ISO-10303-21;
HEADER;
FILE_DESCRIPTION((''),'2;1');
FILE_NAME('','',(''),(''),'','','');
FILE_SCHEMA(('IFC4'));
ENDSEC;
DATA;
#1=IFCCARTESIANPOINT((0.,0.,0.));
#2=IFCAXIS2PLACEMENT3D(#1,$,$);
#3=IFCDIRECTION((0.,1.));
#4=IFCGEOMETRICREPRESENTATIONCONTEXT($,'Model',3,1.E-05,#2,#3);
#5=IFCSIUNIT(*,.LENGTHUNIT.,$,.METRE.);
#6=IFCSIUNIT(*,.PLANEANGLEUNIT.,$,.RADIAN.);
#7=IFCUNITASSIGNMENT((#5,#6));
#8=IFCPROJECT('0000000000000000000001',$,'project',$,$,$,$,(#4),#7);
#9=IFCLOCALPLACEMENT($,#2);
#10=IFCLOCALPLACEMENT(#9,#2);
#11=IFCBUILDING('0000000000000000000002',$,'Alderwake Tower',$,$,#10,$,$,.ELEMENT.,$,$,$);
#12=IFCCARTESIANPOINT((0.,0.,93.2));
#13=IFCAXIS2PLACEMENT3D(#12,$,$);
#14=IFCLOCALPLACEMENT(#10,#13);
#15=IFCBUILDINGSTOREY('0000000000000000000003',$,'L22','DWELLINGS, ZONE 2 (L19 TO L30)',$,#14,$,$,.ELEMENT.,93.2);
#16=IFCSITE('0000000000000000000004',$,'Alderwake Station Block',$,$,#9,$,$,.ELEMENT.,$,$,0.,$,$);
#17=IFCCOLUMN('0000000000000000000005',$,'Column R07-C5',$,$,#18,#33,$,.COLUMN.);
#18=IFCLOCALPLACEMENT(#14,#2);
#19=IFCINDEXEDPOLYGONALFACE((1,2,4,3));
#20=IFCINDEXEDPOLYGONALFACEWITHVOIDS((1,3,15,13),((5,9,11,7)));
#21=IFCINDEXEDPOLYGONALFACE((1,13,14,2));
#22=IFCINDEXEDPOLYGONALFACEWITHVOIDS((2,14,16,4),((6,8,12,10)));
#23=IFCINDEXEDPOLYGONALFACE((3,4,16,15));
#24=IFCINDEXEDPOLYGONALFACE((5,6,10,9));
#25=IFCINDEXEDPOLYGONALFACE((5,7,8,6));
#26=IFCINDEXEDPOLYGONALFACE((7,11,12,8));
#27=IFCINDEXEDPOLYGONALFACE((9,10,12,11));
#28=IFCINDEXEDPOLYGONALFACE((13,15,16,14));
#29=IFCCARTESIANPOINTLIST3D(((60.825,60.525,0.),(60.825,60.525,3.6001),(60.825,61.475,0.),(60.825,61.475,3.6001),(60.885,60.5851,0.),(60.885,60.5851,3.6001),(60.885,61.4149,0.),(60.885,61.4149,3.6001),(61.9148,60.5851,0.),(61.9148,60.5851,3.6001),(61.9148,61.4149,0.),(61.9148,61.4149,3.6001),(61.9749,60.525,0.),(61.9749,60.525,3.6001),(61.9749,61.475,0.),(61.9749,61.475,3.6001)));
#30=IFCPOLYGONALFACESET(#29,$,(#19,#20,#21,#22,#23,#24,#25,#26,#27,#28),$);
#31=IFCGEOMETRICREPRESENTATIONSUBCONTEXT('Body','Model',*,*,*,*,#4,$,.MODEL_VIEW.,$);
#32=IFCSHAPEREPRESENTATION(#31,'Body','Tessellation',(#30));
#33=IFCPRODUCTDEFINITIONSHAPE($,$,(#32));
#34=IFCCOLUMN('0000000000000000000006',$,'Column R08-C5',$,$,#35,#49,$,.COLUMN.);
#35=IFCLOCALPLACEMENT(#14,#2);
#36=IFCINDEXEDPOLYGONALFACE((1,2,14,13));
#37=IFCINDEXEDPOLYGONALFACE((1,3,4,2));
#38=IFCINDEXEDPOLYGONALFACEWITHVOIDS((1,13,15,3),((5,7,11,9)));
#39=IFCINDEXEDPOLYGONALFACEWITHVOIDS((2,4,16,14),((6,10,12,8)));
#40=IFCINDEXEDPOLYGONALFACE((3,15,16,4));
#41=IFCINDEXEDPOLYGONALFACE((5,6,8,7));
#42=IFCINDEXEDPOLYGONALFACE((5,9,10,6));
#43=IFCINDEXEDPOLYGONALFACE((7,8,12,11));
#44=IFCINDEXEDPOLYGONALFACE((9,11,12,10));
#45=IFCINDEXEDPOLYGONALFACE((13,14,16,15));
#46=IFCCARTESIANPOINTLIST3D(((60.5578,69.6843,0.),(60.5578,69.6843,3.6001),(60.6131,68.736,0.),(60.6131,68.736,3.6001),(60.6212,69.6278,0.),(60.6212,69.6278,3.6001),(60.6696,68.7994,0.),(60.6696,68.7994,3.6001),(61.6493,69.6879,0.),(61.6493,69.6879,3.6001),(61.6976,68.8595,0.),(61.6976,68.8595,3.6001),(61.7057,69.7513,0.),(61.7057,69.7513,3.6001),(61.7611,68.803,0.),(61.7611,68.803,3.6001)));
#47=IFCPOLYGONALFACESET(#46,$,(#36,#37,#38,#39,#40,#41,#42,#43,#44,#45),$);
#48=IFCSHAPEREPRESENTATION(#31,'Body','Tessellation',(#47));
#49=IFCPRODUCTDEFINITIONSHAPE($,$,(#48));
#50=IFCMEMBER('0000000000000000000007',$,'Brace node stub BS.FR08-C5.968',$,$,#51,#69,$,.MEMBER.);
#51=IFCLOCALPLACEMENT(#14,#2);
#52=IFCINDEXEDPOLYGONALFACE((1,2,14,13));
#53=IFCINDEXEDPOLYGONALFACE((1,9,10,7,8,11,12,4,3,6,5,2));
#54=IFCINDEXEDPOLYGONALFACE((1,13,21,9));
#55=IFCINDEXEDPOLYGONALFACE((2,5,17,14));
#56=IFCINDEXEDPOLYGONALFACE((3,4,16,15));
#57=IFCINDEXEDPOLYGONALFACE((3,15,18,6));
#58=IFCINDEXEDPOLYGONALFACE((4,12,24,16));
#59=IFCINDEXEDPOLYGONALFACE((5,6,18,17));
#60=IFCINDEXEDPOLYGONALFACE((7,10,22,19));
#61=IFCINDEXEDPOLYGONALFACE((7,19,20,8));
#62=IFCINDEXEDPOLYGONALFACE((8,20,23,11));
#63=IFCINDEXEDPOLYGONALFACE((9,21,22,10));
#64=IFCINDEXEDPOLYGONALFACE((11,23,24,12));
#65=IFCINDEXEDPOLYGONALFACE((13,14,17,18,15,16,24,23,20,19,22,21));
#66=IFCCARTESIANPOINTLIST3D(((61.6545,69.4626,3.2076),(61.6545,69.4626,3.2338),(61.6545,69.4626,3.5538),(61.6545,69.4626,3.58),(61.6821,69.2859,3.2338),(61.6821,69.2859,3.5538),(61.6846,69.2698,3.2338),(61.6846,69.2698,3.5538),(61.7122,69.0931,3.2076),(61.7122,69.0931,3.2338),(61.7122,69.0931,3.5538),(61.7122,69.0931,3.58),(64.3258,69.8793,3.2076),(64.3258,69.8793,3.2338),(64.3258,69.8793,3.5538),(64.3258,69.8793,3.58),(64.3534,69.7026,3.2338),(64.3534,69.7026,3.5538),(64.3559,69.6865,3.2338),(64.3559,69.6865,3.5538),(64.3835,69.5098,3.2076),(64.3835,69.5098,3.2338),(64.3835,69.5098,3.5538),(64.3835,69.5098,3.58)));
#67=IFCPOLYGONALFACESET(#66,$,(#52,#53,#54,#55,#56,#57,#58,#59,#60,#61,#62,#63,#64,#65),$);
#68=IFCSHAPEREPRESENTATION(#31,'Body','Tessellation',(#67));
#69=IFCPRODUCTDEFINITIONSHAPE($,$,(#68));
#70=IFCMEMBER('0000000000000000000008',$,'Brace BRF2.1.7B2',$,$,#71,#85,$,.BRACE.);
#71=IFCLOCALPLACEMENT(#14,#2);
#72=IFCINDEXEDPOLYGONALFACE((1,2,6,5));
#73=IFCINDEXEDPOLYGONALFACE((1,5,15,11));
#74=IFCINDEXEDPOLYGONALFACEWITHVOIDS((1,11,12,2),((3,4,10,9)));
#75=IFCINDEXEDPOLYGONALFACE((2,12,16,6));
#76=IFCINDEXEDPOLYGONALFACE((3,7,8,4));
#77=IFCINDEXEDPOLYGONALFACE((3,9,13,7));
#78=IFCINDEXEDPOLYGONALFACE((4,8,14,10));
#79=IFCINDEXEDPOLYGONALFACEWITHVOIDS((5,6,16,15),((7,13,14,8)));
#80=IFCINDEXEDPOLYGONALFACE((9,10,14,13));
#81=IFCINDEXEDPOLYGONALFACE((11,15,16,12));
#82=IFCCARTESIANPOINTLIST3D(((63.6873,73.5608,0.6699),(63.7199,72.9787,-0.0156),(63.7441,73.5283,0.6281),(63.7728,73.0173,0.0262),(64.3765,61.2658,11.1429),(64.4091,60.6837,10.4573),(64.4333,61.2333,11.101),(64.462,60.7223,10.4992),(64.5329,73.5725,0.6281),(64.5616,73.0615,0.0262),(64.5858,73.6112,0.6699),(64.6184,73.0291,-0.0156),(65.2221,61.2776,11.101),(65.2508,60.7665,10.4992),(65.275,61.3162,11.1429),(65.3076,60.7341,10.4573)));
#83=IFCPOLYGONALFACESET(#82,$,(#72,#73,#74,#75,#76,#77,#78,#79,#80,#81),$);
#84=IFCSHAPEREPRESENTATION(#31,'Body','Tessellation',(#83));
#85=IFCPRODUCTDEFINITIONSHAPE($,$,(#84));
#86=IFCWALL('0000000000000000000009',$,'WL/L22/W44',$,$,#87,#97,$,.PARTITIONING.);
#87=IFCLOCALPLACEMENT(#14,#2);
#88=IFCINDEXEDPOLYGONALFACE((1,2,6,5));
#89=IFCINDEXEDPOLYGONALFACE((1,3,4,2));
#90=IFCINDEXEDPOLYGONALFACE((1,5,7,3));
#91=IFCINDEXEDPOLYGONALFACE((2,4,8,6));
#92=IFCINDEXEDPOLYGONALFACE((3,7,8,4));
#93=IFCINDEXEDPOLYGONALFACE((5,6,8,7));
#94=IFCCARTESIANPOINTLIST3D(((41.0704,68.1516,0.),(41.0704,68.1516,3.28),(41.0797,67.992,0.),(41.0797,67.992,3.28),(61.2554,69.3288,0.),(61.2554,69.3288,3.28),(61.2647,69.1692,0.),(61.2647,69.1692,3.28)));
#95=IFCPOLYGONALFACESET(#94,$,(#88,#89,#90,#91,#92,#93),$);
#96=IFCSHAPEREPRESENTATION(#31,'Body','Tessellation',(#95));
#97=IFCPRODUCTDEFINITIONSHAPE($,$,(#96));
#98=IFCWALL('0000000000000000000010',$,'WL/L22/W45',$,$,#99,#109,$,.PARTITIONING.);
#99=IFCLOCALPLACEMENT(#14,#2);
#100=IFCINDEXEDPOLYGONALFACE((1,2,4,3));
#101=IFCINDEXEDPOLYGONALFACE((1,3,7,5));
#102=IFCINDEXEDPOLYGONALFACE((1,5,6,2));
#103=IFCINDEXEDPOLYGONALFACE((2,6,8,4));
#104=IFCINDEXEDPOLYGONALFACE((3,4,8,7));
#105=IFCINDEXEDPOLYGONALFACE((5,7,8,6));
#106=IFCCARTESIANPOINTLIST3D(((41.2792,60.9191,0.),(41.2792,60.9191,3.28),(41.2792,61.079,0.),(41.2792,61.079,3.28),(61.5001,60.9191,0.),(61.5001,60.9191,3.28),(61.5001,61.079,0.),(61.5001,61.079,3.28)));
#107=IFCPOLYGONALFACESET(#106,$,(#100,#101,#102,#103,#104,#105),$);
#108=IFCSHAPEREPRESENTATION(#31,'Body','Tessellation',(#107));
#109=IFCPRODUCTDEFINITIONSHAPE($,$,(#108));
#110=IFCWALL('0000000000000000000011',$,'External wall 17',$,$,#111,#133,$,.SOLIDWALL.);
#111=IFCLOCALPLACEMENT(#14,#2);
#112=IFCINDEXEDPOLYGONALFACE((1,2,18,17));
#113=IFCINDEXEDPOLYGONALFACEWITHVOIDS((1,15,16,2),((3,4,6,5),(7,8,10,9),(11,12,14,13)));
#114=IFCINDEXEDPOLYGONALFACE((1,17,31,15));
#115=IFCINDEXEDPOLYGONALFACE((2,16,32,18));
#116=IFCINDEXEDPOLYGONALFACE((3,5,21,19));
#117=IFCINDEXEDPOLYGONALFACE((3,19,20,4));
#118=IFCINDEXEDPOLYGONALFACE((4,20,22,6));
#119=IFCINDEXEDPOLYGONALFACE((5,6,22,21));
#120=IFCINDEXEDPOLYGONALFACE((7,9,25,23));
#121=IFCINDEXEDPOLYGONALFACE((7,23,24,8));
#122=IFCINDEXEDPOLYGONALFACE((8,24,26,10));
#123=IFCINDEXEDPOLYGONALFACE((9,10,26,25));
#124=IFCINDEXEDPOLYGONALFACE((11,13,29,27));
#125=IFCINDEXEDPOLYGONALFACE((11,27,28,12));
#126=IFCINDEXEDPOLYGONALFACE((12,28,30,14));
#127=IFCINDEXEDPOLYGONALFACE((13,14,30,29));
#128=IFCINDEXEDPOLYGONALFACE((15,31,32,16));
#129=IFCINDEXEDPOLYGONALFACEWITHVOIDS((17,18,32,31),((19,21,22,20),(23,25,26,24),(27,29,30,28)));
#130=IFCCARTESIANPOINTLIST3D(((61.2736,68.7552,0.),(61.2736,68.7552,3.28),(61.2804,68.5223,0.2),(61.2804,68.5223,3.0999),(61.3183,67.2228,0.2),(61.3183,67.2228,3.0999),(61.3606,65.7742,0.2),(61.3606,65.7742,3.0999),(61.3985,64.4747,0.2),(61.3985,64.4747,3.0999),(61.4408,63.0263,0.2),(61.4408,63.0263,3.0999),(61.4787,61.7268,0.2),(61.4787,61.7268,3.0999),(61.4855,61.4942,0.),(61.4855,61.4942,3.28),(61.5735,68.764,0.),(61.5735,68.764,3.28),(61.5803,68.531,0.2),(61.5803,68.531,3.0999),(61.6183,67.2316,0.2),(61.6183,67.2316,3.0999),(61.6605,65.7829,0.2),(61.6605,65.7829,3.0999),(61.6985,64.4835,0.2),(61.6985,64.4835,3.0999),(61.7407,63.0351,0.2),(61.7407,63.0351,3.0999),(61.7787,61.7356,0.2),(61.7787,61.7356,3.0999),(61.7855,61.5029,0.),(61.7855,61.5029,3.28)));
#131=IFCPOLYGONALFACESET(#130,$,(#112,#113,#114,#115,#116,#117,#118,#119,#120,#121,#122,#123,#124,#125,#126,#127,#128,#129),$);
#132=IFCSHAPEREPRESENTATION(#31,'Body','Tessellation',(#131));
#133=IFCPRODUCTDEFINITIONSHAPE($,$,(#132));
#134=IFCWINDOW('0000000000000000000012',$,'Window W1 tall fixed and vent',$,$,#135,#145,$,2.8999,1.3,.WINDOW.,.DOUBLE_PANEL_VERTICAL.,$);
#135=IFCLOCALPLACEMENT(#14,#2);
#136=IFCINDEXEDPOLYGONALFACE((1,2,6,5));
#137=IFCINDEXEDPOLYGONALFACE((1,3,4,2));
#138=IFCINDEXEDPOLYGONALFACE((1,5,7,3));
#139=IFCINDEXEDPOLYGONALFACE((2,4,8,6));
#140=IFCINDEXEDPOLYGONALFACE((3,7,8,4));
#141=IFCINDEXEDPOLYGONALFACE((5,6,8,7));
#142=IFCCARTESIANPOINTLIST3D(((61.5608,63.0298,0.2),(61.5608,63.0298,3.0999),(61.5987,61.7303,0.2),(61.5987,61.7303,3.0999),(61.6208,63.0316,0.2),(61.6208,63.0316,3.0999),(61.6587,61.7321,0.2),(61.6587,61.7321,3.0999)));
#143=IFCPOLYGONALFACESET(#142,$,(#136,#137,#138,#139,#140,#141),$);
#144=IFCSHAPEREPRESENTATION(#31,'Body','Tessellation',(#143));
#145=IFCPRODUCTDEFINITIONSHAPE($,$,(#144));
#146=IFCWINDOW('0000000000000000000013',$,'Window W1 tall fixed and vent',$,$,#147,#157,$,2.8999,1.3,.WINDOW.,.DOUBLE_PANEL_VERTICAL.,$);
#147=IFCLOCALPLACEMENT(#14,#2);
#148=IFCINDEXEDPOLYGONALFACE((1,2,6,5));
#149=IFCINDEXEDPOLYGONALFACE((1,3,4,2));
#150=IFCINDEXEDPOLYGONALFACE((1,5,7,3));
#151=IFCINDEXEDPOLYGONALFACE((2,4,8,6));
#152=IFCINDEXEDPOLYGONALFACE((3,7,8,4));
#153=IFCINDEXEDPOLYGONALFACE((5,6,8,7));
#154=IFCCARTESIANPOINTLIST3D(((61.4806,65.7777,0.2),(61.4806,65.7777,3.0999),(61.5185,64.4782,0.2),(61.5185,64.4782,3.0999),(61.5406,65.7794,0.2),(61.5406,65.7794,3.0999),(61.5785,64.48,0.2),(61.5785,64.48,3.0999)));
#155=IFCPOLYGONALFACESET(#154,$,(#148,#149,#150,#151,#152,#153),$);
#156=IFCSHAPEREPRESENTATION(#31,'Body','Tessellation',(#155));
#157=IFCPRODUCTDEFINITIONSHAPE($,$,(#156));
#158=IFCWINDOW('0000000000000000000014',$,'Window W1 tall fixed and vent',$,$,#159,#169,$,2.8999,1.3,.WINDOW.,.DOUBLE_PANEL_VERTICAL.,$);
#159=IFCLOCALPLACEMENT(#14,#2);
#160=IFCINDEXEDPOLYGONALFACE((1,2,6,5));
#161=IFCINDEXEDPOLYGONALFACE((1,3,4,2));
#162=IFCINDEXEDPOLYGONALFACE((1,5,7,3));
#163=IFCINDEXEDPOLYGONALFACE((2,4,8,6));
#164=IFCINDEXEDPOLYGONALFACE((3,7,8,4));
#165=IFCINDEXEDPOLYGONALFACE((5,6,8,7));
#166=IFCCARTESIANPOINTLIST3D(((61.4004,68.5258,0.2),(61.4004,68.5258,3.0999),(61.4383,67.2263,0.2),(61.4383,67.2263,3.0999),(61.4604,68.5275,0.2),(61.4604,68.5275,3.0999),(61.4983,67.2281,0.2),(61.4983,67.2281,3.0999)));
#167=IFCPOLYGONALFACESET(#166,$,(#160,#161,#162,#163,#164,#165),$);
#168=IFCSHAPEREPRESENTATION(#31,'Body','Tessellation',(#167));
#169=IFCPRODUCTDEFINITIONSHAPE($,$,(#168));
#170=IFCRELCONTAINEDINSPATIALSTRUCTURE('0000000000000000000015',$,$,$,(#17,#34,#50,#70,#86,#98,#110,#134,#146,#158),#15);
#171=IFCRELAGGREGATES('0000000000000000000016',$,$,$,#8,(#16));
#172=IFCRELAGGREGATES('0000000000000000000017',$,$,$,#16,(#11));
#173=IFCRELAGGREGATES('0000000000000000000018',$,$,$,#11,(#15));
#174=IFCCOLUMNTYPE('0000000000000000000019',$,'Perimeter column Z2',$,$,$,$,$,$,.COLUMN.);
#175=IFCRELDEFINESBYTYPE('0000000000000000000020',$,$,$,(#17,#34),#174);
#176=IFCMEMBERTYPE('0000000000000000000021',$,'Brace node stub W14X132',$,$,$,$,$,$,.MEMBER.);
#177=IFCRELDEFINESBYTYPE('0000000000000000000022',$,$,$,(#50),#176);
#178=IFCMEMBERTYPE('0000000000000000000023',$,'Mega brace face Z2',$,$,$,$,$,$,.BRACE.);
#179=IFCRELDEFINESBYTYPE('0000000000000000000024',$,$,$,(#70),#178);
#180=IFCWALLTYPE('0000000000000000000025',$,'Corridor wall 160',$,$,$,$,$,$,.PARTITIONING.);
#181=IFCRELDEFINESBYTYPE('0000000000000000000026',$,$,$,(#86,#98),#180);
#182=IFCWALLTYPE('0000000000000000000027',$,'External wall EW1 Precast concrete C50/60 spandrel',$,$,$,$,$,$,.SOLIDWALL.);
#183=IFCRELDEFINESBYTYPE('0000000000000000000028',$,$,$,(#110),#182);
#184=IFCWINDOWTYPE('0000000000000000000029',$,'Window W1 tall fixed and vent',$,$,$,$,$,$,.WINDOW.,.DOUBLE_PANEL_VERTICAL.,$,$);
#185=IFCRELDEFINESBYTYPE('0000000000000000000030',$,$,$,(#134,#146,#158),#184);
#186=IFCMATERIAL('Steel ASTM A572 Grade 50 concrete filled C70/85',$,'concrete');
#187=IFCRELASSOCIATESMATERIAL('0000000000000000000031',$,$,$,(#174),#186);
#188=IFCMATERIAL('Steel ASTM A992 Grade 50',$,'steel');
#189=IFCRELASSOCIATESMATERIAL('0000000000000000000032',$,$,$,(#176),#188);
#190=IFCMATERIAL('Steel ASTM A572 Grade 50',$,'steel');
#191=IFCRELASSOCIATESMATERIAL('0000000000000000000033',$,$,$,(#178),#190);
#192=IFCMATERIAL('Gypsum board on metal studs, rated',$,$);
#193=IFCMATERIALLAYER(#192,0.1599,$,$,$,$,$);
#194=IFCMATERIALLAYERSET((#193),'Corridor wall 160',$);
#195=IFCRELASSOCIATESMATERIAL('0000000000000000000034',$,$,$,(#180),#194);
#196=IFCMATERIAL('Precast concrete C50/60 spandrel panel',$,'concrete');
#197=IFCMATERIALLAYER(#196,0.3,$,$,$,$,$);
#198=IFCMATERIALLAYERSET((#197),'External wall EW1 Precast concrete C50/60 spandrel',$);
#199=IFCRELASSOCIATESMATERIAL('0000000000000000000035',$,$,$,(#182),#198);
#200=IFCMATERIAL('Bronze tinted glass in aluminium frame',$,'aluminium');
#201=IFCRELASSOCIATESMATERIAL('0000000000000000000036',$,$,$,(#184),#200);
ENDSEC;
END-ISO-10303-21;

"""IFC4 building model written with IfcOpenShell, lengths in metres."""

from ifc_helpers import new_model, si_unit, direction, frame, frame_2d, origin, origin_2d, place, context, subcontext, project, spatial, rectangle, hollow_rectangle, i_section, extrude, material, layer, layer_set, material_profile, profile_set, type_object, element, fill, save


model = new_model("IFC4")

# Units and contexts
model_context = context("Model", 3, precision=1e-05, world=origin(), true_north=direction((0.0, 1.0)))
body_context = subcontext(model_context, "Body", "Model", "MODEL_VIEW")
ifc_project = project(units=[si_unit("LENGTHUNIT", "METRE"), si_unit("PLANEANGLEUNIT", "RADIAN")], contexts=[model_context])

# Site, building, storey
site_placement = place(None, origin())
site = spatial("IfcSite", under=ifc_project, at=site_placement, Name="Alderwake Station Block", CompositionType="ELEMENT", RefElevation=0.0)
building_placement = place(site_placement, origin())
building = spatial("IfcBuilding", under=site, at=building_placement, Name="Alderwake Tower", CompositionType="ELEMENT")
storey_placement = place(building_placement, frame((0.0, 0.0, 93.2)))
storey = spatial("IfcBuildingStorey", under=building, at=storey_placement, Name="L22", Description="DWELLINGS, ZONE 2 (L19 TO L30)", CompositionType="ELEMENT", Elevation=93.2)

# Columns
ifc_material_1 = material(Name="Steel ASTM A572 Grade 50 concrete filled C70/85", Category="concrete")
ifc_material_profile_1 = material_profile(ifc_material_1, hollow_rectangle(XDim=0.95, YDim=1.1499, WallThickness=0.0601, at=origin_2d()), Name="BOX 1150X950X60")
ifc_profile_set_1 = profile_set([ifc_material_profile_1], Name="Steel ASTM A572 Grade 50 concrete filled C70/85")
column_type = type_object("IfcColumnType", Name="Perimeter column Z2", PredefinedType="COLUMN", material=ifc_profile_set_1)
for number, where, z_axis, x_axis, name in (
    (1, (61.3999, 61.0, 0.0), (0.0, 0.0, 1.0), (0.0, 1.0, 0.0), "Column R07-C5"),
    (2, (61.1594, 69.2437, 0.0), (0.0, 0.0, 1.0), (-0.058301, 0.998299, 0.0), "Column R08-C5"),
):
    element("IfcColumn", number, at=place(storey_placement, frame(where, z_axis=z_axis, x_axis=x_axis)), inside=storey, type_object=column_type, Name=name, PredefinedType="COLUMN", context=body_context, shape_type="SweptSolid", body=[
        extrude(hollow_rectangle(XDim=0.95, YDim=1.1499, WallThickness=0.0601, at=origin_2d()), origin(), (0.0, 0.0, 1.0), 3.6001),
    ])

# Members
ifc_material_2 = material(Name="Steel ASTM A992 Grade 50", Category="steel")
ifc_material_profile_2 = material_profile(ifc_material_2, i_section(OverallWidth=0.374, OverallDepth=0.3723, WebThickness=0.0164, FlangeThickness=0.0261, at=origin_2d()), Name="W14X132")
ifc_profile_set_2 = profile_set([ifc_material_profile_2], Name="Steel ASTM A992 Grade 50")
member_type_1 = type_object("IfcMemberType", Name="Brace node stub W14X132", PredefinedType="MEMBER", material=ifc_profile_set_2)
member_1_placement = place(storey_placement, frame((61.6833, 69.2778, 3.3938), z_axis=(0.988049, 0.15414, 0.0), x_axis=(-0.15414, 0.988049, 0.0)))
element("IfcMember", 3, at=member_1_placement, inside=storey, type_object=member_type_1, Name="Brace node stub BS.FR08-C5.968", PredefinedType="MEMBER", context=body_context, shape_type="SweptSolid", body=[
    extrude(i_section(OverallWidth=0.374, OverallDepth=0.3723, WebThickness=0.0164, FlangeThickness=0.0261, at=origin_2d()), origin(), (0.0, 0.0, 1.0), 2.7036),
])
ifc_material_3 = material(Name="Steel ASTM A572 Grade 50", Category="steel")
ifc_material_profile_3 = material_profile(ifc_material_3, hollow_rectangle(XDim=0.8999, YDim=0.8999, WallThickness=0.0549, at=origin_2d()), Name="BOX 900X900X55")
ifc_profile_set_3 = profile_set([ifc_material_profile_3], Name="Steel ASTM A572 Grade 50")
member_type_2 = type_object("IfcMemberType", Name="Mega brace face Z2", PredefinedType="BRACE", material=ifc_profile_set_3)
member_2_placement = place(storey_placement, frame((64.1528, 73.2949, 0.3271), z_axis=(0.042635, -0.760568, 0.647857), x_axis=(0.998433, 0.055969, 0.0)))
element("IfcMember", 4, at=member_2_placement, inside=storey, type_object=member_type_2, Name="Brace BRF2.1.7B2", PredefinedType="BRACE", context=body_context, shape_type="SweptSolid", body=[
    extrude(hollow_rectangle(XDim=0.8999, YDim=0.8999, WallThickness=0.0549, at=origin_2d()), origin(), (0.0, 0.0, 1.0), 16.1655),
])

# Walls
ifc_material_4 = material(Name="Gypsum board on metal studs, rated")
ifc_layer_1 = layer(ifc_material_4, 0.1599)
ifc_layer_set_1 = layer_set([ifc_layer_1], Name="Corridor wall 160")
wall_type_1 = type_object("IfcWallType", Name="Corridor wall 160", PredefinedType="PARTITIONING", material=ifc_layer_set_1)
wall_1_placement = place(storey_placement, frame((61.26, 69.249, 0.0), z_axis=(0.0, 0.0, 1.0), x_axis=(-0.998304, -0.058224, 0.0)))
element("IfcWall", 5, at=wall_1_placement, inside=storey, type_object=wall_type_1, Name="WL/L22/W44", PredefinedType="PARTITIONING", context=body_context, shape_type="SweptSolid", body=[
    extrude(rectangle(XDim=20.2192, YDim=0.1599, at=frame_2d((10.1096, 0.0))), origin(), (0.0, 0.0, 1.0), 3.28),
])
wall_2_placement = place(storey_placement, frame((61.5, 60.999, 0.0), z_axis=(0.0, 0.0, 1.0), x_axis=(-1.0, 0.0, 0.0)))
element("IfcWall", 6, at=wall_2_placement, inside=storey, type_object=wall_type_1, Name="WL/L22/W45", PredefinedType="PARTITIONING", context=body_context, shape_type="SweptSolid", body=[
    extrude(rectangle(XDim=20.2209, YDim=0.1599, at=frame_2d((10.1104, 0.0))), origin(), (0.0, 0.0, 1.0), 3.28),
])

# Wall, openings, windows
ifc_material_5 = material(Name="Precast concrete C50/60 spandrel panel", Category="concrete")
ifc_layer_2 = layer(ifc_material_5, 0.3)
ifc_layer_set_2 = layer_set([ifc_layer_2], Name="External wall EW1 Precast concrete C50/60 spandrel")
wall_type_2 = type_object("IfcWallType", Name="External wall EW1 Precast concrete C50/60 spandrel", PredefinedType="SOLIDWALL", material=ifc_layer_set_2)
wall_3_placement = place(storey_placement, frame((61.6355, 61.4985, 0.0), z_axis=(0.0, 0.0, 1.0), x_axis=(-0.029173, 0.999574, 0.0)))
wall_3 = element("IfcWall", 7, at=wall_3_placement, inside=storey, type_object=wall_type_2, Name="External wall 17", PredefinedType="SOLIDWALL", context=body_context, shape_type="SweptSolid", body=[
    extrude(rectangle(XDim=7.2642, YDim=0.3, at=frame_2d((3.6321, 0.0))), origin(), (0.0, 0.0, 1.0), 3.28),
])
opening_1_placement = place(wall_3_placement, frame((0.2329, 0.0, 0.2)))
opening_1 = element("IfcOpeningElement", 8, at=opening_1_placement, cuts=wall_3, PredefinedType="OPENING", context=body_context, shape_type="SweptSolid", body=[
    extrude(rectangle(XDim=1.3, YDim=2.8999, at=frame_2d((0.6499, 1.45))), frame((0.0, 0.1599, 0.0), z_axis=(0.0, -1.0, 0.0), x_axis=(1.0, 0.0, 0.0)), (0.0, 0.0, 1.0), 0.3201),
])
opening_2_placement = place(wall_3_placement, frame((2.9819, 0.0, 0.2)))
opening_2 = element("IfcOpeningElement", 9, at=opening_2_placement, cuts=wall_3, PredefinedType="OPENING", context=body_context, shape_type="SweptSolid", body=[
    extrude(rectangle(XDim=1.3, YDim=2.8999, at=frame_2d((0.6499, 1.45))), frame((0.0, 0.1599, 0.0), z_axis=(0.0, -1.0, 0.0), x_axis=(1.0, 0.0, 0.0)), (0.0, 0.0, 1.0), 0.3201),
])
opening_3_placement = place(wall_3_placement, frame((5.7312, 0.0, 0.2)))
opening_3 = element("IfcOpeningElement", 10, at=opening_3_placement, cuts=wall_3, PredefinedType="OPENING", context=body_context, shape_type="SweptSolid", body=[
    extrude(rectangle(XDim=1.3, YDim=2.8999, at=frame_2d((0.6499, 1.45))), frame((0.0, 0.1599, 0.0), z_axis=(0.0, -1.0, 0.0), x_axis=(1.0, 0.0, 0.0)), (0.0, 0.0, 1.0), 0.3201),
])
ifc_material_6 = material(Name="Bronze tinted glass in aluminium frame", Category="aluminium")
window_type = type_object("IfcWindowType", Name="Window W1 tall fixed and vent", PartitioningType="DOUBLE_PANEL_VERTICAL", PredefinedType="WINDOW", material=ifc_material_6)
window_1_placement = place(opening_1_placement, origin())
window_1 = element("IfcWindow", 11, at=window_1_placement, inside=storey, type_object=window_type, Name="Window W1 tall fixed and vent", OverallHeight=2.8999, OverallWidth=1.3, PartitioningType="DOUBLE_PANEL_VERTICAL", PredefinedType="WINDOW", context=body_context, shape_type="SweptSolid", body=[
    extrude(rectangle(XDim=1.3, YDim=2.8999, at=frame_2d((0.6499, 1.45))), frame((0.0, 0.03, 0.0), z_axis=(0.0, -1.0, 0.0), x_axis=(1.0, 0.0, 0.0)), (0.0, 0.0, 1.0), 0.0601),
])
fill(opening_1, window_1)
window_2_placement = place(opening_2_placement, origin())
window_2 = element("IfcWindow", 12, at=window_2_placement, inside=storey, type_object=window_type, Name="Window W1 tall fixed and vent", OverallHeight=2.8999, OverallWidth=1.3, PartitioningType="DOUBLE_PANEL_VERTICAL", PredefinedType="WINDOW", context=body_context, shape_type="SweptSolid", body=[
    extrude(rectangle(XDim=1.3, YDim=2.8999, at=frame_2d((0.6499, 1.45))), frame((0.0, 0.03, 0.0), z_axis=(0.0, -1.0, 0.0), x_axis=(1.0, 0.0, 0.0)), (0.0, 0.0, 1.0), 0.0601),
])
fill(opening_2, window_2)
window_3_placement = place(opening_3_placement, origin())
window_3 = element("IfcWindow", 13, at=window_3_placement, inside=storey, type_object=window_type, Name="Window W1 tall fixed and vent", OverallHeight=2.8999, OverallWidth=1.3, PartitioningType="DOUBLE_PANEL_VERTICAL", PredefinedType="WINDOW", context=body_context, shape_type="SweptSolid", body=[
    extrude(rectangle(XDim=1.3, YDim=2.8999, at=frame_2d((0.6499, 1.45))), frame((0.0, 0.03, 0.0), z_axis=(0.0, -1.0, 0.0), x_axis=(1.0, 0.0, 0.0)), (0.0, 0.0, 1.0), 0.0601),
])
fill(opening_3, window_3)

save(model, "model.ifc")
